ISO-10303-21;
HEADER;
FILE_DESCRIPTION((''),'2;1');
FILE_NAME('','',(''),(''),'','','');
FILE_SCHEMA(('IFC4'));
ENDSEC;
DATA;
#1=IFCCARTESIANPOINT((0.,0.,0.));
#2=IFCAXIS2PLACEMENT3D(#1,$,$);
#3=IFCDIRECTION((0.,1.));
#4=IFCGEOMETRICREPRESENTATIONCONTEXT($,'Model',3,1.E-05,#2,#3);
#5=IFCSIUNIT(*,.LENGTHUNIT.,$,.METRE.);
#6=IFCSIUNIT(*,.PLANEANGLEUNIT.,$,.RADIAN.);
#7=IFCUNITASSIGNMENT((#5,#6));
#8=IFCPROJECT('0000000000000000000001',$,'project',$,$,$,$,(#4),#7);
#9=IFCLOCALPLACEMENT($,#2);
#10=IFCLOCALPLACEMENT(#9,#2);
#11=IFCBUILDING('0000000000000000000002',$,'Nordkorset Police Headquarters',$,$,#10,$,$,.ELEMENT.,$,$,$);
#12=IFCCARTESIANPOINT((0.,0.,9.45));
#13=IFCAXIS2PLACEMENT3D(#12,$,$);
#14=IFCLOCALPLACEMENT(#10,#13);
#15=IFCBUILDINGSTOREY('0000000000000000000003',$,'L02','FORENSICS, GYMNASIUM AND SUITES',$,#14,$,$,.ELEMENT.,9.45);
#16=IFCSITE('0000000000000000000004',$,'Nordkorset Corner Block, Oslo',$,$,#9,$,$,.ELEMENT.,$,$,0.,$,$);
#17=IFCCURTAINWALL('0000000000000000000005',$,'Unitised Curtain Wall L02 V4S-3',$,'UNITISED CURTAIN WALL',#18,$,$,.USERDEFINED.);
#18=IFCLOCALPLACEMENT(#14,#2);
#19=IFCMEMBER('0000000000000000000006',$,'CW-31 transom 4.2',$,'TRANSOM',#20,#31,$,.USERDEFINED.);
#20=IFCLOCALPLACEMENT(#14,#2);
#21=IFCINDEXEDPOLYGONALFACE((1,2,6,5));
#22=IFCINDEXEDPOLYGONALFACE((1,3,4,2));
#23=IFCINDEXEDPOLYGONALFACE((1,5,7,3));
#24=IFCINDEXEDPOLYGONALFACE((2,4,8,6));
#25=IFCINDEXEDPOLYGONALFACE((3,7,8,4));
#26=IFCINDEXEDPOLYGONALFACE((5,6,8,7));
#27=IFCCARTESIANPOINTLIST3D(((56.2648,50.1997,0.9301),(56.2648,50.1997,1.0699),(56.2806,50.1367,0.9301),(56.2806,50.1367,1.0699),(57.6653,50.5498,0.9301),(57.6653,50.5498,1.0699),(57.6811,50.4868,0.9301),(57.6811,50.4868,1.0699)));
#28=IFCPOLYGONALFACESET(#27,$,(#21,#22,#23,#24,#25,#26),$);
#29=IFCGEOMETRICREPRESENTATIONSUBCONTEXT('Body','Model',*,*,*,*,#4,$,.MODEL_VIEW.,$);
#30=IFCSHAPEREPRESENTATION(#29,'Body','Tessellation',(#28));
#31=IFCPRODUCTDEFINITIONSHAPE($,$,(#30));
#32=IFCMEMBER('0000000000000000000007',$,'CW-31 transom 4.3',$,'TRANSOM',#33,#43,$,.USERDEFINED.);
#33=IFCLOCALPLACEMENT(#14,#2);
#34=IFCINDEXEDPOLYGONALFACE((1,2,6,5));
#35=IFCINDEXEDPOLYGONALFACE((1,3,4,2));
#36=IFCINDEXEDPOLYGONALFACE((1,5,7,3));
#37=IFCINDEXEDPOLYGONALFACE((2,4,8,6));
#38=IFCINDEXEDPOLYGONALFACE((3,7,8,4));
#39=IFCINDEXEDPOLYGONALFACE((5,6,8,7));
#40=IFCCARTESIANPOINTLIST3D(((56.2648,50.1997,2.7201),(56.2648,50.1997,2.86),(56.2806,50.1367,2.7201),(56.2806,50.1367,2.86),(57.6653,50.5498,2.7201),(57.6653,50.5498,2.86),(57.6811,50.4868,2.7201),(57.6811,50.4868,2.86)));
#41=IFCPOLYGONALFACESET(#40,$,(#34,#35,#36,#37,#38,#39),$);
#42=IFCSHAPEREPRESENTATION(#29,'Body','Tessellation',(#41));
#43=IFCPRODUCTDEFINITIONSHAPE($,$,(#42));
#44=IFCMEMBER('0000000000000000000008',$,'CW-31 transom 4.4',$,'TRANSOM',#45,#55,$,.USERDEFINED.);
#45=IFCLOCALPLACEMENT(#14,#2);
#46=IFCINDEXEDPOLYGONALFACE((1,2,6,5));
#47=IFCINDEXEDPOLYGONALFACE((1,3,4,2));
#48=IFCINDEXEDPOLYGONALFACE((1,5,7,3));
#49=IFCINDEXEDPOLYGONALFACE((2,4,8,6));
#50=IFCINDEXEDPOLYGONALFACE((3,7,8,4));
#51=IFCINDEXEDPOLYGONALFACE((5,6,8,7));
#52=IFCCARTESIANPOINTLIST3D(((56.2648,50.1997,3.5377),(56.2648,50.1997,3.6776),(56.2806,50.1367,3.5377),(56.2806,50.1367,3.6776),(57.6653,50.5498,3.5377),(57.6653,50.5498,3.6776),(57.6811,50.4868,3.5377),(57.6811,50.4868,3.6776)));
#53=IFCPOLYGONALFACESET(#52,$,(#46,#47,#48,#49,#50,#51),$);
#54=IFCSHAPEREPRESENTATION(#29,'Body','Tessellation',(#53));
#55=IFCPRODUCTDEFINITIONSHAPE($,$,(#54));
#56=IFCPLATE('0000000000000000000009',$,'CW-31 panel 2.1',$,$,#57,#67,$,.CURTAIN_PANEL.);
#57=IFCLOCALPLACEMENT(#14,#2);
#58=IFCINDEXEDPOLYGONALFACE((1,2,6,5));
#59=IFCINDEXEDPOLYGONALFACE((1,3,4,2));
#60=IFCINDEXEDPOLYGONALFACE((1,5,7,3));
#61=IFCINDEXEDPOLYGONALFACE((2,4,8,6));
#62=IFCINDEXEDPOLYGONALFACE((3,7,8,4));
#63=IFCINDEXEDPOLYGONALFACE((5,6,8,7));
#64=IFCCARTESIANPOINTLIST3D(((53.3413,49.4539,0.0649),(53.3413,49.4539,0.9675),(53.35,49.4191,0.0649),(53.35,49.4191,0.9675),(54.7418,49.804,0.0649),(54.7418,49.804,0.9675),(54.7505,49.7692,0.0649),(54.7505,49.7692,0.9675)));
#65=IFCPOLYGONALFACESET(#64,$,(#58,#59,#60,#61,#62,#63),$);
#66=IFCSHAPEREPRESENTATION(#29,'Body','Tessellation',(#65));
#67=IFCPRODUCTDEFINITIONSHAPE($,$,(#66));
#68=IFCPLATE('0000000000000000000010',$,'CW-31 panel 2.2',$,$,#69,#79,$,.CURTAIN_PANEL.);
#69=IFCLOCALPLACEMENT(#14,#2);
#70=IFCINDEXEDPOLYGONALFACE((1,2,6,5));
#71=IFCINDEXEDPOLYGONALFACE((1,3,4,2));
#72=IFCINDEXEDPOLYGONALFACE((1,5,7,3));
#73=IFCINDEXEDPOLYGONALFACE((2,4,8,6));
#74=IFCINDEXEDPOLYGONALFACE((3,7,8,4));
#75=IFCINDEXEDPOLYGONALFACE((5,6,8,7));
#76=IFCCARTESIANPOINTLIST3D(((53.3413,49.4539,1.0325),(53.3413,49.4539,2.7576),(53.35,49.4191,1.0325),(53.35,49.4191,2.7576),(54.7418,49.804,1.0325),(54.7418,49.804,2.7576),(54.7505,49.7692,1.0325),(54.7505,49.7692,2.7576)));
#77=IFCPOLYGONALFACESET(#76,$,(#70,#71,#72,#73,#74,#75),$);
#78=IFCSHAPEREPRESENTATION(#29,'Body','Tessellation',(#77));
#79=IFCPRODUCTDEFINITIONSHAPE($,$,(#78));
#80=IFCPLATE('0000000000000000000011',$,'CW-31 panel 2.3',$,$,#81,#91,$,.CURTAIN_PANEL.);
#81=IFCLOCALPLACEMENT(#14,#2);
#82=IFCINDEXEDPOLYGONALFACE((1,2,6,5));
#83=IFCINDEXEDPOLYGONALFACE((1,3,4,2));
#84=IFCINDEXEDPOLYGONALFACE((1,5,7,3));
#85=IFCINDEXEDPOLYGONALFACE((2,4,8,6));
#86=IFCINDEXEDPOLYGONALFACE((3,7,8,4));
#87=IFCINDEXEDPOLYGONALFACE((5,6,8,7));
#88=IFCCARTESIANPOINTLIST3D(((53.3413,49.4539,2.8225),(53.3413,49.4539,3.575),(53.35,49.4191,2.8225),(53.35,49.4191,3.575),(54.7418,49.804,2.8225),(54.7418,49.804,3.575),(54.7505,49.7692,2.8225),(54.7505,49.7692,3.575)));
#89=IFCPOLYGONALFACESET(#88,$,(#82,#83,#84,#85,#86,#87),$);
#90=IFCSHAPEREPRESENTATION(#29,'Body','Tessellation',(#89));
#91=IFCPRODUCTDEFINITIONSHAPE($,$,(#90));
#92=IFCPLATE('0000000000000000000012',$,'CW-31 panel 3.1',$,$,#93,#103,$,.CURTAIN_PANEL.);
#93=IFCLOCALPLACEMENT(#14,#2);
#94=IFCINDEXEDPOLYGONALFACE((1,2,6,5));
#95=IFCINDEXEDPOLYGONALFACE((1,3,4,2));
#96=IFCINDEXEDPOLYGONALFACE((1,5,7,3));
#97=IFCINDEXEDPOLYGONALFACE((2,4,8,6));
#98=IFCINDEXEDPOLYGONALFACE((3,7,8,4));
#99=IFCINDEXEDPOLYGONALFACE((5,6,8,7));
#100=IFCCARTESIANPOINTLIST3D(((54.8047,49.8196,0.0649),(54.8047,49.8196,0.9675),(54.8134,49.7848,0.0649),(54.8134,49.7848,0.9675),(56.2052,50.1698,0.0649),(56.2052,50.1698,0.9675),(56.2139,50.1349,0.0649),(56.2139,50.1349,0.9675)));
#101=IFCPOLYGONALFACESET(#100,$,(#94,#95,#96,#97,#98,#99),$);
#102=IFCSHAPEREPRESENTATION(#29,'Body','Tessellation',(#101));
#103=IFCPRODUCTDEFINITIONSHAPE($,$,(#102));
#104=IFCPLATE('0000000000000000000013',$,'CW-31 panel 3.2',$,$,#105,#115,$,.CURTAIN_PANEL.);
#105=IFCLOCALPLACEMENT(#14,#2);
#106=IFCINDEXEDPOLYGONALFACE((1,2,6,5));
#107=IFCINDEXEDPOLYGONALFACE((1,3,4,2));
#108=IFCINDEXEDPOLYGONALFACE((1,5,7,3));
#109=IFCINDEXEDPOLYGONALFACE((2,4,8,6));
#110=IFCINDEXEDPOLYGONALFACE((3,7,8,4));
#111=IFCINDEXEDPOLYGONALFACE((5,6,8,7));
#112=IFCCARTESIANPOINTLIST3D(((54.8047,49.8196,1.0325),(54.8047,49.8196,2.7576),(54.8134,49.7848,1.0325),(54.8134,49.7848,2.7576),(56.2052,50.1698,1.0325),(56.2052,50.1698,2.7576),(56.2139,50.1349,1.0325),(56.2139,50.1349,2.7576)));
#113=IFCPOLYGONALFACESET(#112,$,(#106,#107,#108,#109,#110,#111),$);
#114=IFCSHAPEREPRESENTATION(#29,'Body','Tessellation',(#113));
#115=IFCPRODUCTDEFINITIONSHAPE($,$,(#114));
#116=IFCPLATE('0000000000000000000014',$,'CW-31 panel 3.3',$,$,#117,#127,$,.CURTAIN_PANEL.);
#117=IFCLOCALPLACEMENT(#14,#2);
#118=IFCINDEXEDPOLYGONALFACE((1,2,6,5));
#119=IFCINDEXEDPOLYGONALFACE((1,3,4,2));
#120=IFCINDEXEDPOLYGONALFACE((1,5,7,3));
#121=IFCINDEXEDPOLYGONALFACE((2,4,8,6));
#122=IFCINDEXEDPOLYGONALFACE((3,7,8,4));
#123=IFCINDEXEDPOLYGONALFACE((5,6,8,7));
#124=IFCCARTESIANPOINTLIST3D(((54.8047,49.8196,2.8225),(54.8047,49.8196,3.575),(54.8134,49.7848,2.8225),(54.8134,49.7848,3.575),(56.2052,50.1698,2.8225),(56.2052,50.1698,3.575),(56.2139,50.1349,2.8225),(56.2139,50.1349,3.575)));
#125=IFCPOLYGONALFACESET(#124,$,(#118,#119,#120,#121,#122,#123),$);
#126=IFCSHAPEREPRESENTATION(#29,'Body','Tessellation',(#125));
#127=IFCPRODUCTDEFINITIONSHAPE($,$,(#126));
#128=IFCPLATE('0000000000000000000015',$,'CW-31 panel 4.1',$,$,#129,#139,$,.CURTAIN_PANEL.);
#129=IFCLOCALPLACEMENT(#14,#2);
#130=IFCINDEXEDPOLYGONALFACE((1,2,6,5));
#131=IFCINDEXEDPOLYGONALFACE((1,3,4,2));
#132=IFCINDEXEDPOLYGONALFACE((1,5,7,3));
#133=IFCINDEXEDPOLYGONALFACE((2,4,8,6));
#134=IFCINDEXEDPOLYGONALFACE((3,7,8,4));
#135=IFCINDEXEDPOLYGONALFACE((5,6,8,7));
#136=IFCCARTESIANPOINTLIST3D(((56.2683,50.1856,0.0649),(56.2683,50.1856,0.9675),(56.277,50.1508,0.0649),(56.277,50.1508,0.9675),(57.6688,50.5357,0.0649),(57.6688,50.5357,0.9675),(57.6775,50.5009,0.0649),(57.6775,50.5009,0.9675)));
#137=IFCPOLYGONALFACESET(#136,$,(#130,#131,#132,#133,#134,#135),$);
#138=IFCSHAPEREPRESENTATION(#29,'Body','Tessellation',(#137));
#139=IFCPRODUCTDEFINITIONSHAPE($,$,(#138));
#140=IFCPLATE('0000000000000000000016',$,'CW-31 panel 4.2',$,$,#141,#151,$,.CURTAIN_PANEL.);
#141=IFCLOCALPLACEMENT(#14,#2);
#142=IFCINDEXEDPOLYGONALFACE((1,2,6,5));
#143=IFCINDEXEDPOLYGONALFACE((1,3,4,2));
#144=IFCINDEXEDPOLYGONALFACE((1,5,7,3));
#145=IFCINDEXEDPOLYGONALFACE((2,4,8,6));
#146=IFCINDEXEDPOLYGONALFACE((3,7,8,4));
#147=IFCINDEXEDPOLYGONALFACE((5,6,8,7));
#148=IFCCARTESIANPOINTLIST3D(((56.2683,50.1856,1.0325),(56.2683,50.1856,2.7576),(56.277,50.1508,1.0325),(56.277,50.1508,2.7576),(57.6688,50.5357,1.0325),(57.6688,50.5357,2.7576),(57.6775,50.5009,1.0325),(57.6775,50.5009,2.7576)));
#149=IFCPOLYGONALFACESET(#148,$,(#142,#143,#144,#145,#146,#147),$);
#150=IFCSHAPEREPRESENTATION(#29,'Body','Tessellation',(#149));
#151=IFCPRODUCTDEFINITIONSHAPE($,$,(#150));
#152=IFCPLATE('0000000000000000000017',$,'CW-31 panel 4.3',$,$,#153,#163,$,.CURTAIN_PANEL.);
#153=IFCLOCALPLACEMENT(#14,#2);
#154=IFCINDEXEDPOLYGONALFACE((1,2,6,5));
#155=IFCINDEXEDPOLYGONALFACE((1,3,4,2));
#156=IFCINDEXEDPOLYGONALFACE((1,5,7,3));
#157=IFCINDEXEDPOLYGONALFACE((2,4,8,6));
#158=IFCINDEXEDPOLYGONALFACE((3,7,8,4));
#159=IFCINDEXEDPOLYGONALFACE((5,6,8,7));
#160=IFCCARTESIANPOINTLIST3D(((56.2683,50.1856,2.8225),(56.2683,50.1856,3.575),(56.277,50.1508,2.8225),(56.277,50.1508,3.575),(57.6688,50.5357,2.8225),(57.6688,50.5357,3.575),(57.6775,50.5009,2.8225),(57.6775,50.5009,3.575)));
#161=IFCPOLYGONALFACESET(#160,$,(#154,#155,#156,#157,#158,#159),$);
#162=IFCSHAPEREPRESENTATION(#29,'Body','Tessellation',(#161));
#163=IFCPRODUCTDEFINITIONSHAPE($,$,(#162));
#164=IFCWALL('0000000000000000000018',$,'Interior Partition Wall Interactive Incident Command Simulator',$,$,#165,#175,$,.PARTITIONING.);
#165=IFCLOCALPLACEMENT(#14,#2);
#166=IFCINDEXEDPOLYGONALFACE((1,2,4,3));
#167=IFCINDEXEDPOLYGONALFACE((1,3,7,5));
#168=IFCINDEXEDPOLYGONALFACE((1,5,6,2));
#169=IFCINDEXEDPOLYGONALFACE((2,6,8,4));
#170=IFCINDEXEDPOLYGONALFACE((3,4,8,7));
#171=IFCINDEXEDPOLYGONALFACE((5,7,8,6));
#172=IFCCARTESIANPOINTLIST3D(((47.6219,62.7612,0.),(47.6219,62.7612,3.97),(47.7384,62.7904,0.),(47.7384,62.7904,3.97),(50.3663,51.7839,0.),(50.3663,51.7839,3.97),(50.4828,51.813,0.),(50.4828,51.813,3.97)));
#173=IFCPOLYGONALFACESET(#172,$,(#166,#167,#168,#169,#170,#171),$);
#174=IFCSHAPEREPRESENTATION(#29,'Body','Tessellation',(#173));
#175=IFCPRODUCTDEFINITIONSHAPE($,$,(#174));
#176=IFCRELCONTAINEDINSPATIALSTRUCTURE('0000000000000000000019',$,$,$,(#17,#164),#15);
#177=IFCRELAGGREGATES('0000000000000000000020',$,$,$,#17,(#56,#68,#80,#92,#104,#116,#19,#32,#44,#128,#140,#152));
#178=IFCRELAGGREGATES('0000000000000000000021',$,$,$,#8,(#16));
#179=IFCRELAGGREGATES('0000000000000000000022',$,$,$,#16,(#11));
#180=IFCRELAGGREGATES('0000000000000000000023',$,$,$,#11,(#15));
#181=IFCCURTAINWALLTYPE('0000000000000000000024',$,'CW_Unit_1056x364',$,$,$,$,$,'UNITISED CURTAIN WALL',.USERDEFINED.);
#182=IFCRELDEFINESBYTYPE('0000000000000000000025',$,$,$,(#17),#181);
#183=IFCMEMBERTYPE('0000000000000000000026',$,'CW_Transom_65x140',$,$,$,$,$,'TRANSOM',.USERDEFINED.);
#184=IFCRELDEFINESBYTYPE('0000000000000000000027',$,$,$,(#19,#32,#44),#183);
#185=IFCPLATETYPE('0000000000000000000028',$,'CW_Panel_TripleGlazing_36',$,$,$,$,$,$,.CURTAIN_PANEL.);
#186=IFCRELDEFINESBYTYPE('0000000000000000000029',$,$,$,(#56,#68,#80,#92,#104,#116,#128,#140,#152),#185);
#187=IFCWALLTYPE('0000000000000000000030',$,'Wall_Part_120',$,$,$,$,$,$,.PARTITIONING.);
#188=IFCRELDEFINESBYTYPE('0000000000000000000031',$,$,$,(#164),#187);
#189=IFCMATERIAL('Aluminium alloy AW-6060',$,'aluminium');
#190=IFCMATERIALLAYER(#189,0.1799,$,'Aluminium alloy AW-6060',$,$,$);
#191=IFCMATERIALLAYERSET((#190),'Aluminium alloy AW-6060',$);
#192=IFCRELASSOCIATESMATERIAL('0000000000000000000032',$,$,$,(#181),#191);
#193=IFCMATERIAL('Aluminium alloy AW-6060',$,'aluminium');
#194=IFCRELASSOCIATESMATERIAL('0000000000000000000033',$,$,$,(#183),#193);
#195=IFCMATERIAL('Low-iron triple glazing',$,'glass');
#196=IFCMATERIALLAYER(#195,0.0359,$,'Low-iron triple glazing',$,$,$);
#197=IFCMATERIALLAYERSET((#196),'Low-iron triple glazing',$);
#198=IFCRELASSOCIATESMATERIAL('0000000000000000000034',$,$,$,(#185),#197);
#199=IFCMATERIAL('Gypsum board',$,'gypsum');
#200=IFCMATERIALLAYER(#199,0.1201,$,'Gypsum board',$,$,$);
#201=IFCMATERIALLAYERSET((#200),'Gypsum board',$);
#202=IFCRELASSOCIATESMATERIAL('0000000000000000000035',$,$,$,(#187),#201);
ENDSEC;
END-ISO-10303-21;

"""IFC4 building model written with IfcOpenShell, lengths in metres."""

from ifc_helpers import new_model, si_unit, direction, frame, frame_2d, origin, origin_2d, place, context, subcontext, project, spatial, rectangle, extrude, material, layer, layer_set, material_profile, profile_set, type_object, element, aggregate, save


model = new_model("IFC4")

# Units and contexts
model_context = context("Model", 3, precision=1e-05, world=origin(), true_north=direction((0.0, 1.0)))
body_context = subcontext(model_context, "Body", "Model", "MODEL_VIEW")
ifc_project = project(units=[si_unit("LENGTHUNIT", "METRE"), si_unit("PLANEANGLEUNIT", "RADIAN")], contexts=[model_context])

# Site, building, storey
site_placement = place(None, origin())
site = spatial("IfcSite", under=ifc_project, at=site_placement, Name="Nordkorset Corner Block, Oslo", CompositionType="ELEMENT", RefElevation=0.0)
building_placement = place(site_placement, origin())
building = spatial("IfcBuilding", under=site, at=building_placement, Name="Nordkorset Police Headquarters", CompositionType="ELEMENT")
storey_placement = place(building_placement, frame((0.0, 0.0, 9.45)))
storey = spatial("IfcBuildingStorey", under=building, at=storey_placement, Name="L02", Description="FORENSICS, GYMNASIUM AND SUITES", CompositionType="ELEMENT", Elevation=9.45)

# Curtain wall, members, plates
ifc_material_1 = material(Name="Aluminium alloy AW-6060", Category="aluminium")
ifc_layer_1 = layer(ifc_material_1, 0.1799, Name="Aluminium alloy AW-6060")
ifc_layer_set_1 = layer_set([ifc_layer_1], Name="Aluminium alloy AW-6060")
curtain_wall_type = type_object("IfcCurtainWallType", Name="CW_Unit_1056x364", ElementType="UNITISED CURTAIN WALL", PredefinedType="USERDEFINED", material=ifc_layer_set_1)
curtain_wall_placement = place(storey_placement, origin())
curtain_wall = element("IfcCurtainWall", 1, at=curtain_wall_placement, inside=storey, type_object=curtain_wall_type, Name="Unitised Curtain Wall L02 V4S-3", ObjectType="UNITISED CURTAIN WALL", PredefinedType="USERDEFINED")
ifc_material_2 = material(Name="Aluminium alloy AW-6060", Category="aluminium")
ifc_material_profile_1 = material_profile(ifc_material_2, rectangle(XDim=0.0649, YDim=0.1399, at=origin_2d()), Name="ALU TRAN 65x140")
ifc_profile_set_1 = profile_set([ifc_material_profile_1], Name="Aluminium alloy AW-6060")
member_type_1 = type_object("IfcMemberType", Name="CW_Transom_65x140", ElementType="TRANSOM", PredefinedType="USERDEFINED", material=ifc_profile_set_1)
member_1_placement = place(storey_placement, frame((56.2727, 50.1682, 1.0), z_axis=(0.970143, 0.242536, 0.0), x_axis=(-0.242536, 0.970143, 0.0)))
member_1 = element("IfcMember", 2, at=member_1_placement, type_object=member_type_1, Name="CW-31 transom 4.2", ObjectType="TRANSOM", PredefinedType="USERDEFINED", context=body_context, shape_type="SweptSolid", body=[
    extrude(rectangle(XDim=0.0649, YDim=0.1399, at=origin_2d()), origin(), (0.0, 0.0, 1.0), 1.4436),
])
member_2_placement = place(storey_placement, frame((56.2727, 50.1682, 2.79), z_axis=(0.970143, 0.242536, 0.0), x_axis=(-0.242536, 0.970143, 0.0)))
member_2 = element("IfcMember", 3, at=member_2_placement, type_object=member_type_1, Name="CW-31 transom 4.3", ObjectType="TRANSOM", PredefinedType="USERDEFINED", context=body_context, shape_type="SweptSolid", body=[
    extrude(rectangle(XDim=0.0649, YDim=0.1399, at=origin_2d()), origin(), (0.0, 0.0, 1.0), 1.4436),
])
member_3_placement = place(storey_placement, frame((56.2727, 50.1682, 3.6077), z_axis=(0.970143, 0.242536, 0.0), x_axis=(-0.242536, 0.970143, 0.0)))
member_3 = element("IfcMember", 4, at=member_3_placement, type_object=member_type_1, Name="CW-31 transom 4.4", ObjectType="TRANSOM", PredefinedType="USERDEFINED", context=body_context, shape_type="SweptSolid", body=[
    extrude(rectangle(XDim=0.0649, YDim=0.1399, at=origin_2d()), origin(), (0.0, 0.0, 1.0), 1.4436),
])
ifc_material_3 = material(Name="Low-iron triple glazing", Category="glass")
ifc_layer_2 = layer(ifc_material_3, 0.0359, Name="Low-iron triple glazing")
ifc_layer_set_2 = layer_set([ifc_layer_2], Name="Low-iron triple glazing")
plate_type = type_object("IfcPlateType", Name="CW_Panel_TripleGlazing_36", PredefinedType="CURTAIN_PANEL", material=ifc_layer_set_2)
plate_1_placement = place(storey_placement, frame((54.0459, 49.6116, 0.0649), z_axis=(0.0, 0.0, 1.0), x_axis=(0.970143, 0.242535, 0.0)))
plate_1 = element("IfcPlate", 5, at=plate_1_placement, type_object=plate_type, Name="CW-31 panel 2.1", PredefinedType="CURTAIN_PANEL", context=body_context, shape_type="SweptSolid", body=[
    extrude(rectangle(XDim=1.4436, YDim=0.0359, at=origin_2d()), origin(), (0.0, 0.0, 1.0), 0.9026),
])
plate_2_placement = place(storey_placement, frame((54.0459, 49.6116, 1.0325), z_axis=(0.0, 0.0, 1.0), x_axis=(0.970143, 0.242535, 0.0)))
plate_2 = element("IfcPlate", 6, at=plate_2_placement, type_object=plate_type, Name="CW-31 panel 2.2", PredefinedType="CURTAIN_PANEL", context=body_context, shape_type="SweptSolid", body=[
    extrude(rectangle(XDim=1.4436, YDim=0.0359, at=origin_2d()), origin(), (0.0, 0.0, 1.0), 1.7251),
])
plate_3_placement = place(storey_placement, frame((54.0459, 49.6116, 2.8225), z_axis=(0.0, 0.0, 1.0), x_axis=(0.970143, 0.242535, 0.0)))
plate_3 = element("IfcPlate", 7, at=plate_3_placement, type_object=plate_type, Name="CW-31 panel 2.3", PredefinedType="CURTAIN_PANEL", context=body_context, shape_type="SweptSolid", body=[
    extrude(rectangle(XDim=1.4436, YDim=0.0359, at=origin_2d()), origin(), (0.0, 0.0, 1.0), 0.7524),
])
plate_4_placement = place(storey_placement, frame((55.5093, 49.9773, 0.0649), z_axis=(0.0, 0.0, 1.0), x_axis=(0.970143, 0.242535, 0.0)))
plate_4 = element("IfcPlate", 8, at=plate_4_placement, type_object=plate_type, Name="CW-31 panel 3.1", PredefinedType="CURTAIN_PANEL", context=body_context, shape_type="SweptSolid", body=[
    extrude(rectangle(XDim=1.4436, YDim=0.0359, at=origin_2d()), origin(), (0.0, 0.0, 1.0), 0.9026),
])
plate_5_placement = place(storey_placement, frame((55.5093, 49.9773, 1.0325), z_axis=(0.0, 0.0, 1.0), x_axis=(0.970143, 0.242535, 0.0)))
plate_5 = element("IfcPlate", 9, at=plate_5_placement, type_object=plate_type, Name="CW-31 panel 3.2", PredefinedType="CURTAIN_PANEL", context=body_context, shape_type="SweptSolid", body=[
    extrude(rectangle(XDim=1.4436, YDim=0.0359, at=origin_2d()), origin(), (0.0, 0.0, 1.0), 1.7251),
])
plate_6_placement = place(storey_placement, frame((55.5093, 49.9773, 2.8225), z_axis=(0.0, 0.0, 1.0), x_axis=(0.970143, 0.242535, 0.0)))
plate_6 = element("IfcPlate", 10, at=plate_6_placement, type_object=plate_type, Name="CW-31 panel 3.3", PredefinedType="CURTAIN_PANEL", context=body_context, shape_type="SweptSolid", body=[
    extrude(rectangle(XDim=1.4436, YDim=0.0359, at=origin_2d()), origin(), (0.0, 0.0, 1.0), 0.7524),
])
plate_7_placement = place(storey_placement, frame((56.9729, 50.3433, 0.0649), z_axis=(0.0, 0.0, 1.0), x_axis=(0.970143, 0.242535, 0.0)))
plate_7 = element("IfcPlate", 11, at=plate_7_placement, type_object=plate_type, Name="CW-31 panel 4.1", PredefinedType="CURTAIN_PANEL", context=body_context, shape_type="SweptSolid", body=[
    extrude(rectangle(XDim=1.4436, YDim=0.0359, at=origin_2d()), origin(), (0.0, 0.0, 1.0), 0.9026),
])
plate_8_placement = place(storey_placement, frame((56.9729, 50.3433, 1.0325), z_axis=(0.0, 0.0, 1.0), x_axis=(0.970143, 0.242535, 0.0)))
plate_8 = element("IfcPlate", 12, at=plate_8_placement, type_object=plate_type, Name="CW-31 panel 4.2", PredefinedType="CURTAIN_PANEL", context=body_context, shape_type="SweptSolid", body=[
    extrude(rectangle(XDim=1.4436, YDim=0.0359, at=origin_2d()), origin(), (0.0, 0.0, 1.0), 1.7251),
])
plate_9_placement = place(storey_placement, frame((56.9729, 50.3433, 2.8225), z_axis=(0.0, 0.0, 1.0), x_axis=(0.970143, 0.242535, 0.0)))
plate_9 = element("IfcPlate", 13, at=plate_9_placement, type_object=plate_type, Name="CW-31 panel 4.3", PredefinedType="CURTAIN_PANEL", context=body_context, shape_type="SweptSolid", body=[
    extrude(rectangle(XDim=1.4436, YDim=0.0359, at=origin_2d()), origin(), (0.0, 0.0, 1.0), 0.7524),
])
aggregate(curtain_wall, [plate_1, plate_2, plate_3, plate_4, plate_5, plate_6, member_1, member_2, member_3, plate_7, plate_8, plate_9])

# Wall
ifc_material_4 = material(Name="Gypsum board", Category="gypsum")
ifc_layer_3 = layer(ifc_material_4, 0.1201, Name="Gypsum board")
ifc_layer_set_3 = layer_set([ifc_layer_3], Name="Gypsum board")
wall_type = type_object("IfcWallType", Name="Wall_Part_120", PredefinedType="PARTITIONING", material=ifc_layer_set_3)
wall_1_placement = place(storey_placement, frame((50.4246, 51.7983, 0.0), z_axis=(0.0, 0.0, 1.0), x_axis=(-0.242541, 0.970141, 0.0)))
element("IfcWall", 14, at=wall_1_placement, inside=storey, type_object=wall_type, Name="Interior Partition Wall Interactive Incident Command Simulator", PredefinedType="PARTITIONING", context=body_context, shape_type="SweptSolid", body=[
    extrude(rectangle(XDim=11.3152, YDim=0.1201, at=frame_2d((5.6577, 0.0))), origin(), (0.0, 0.0, 1.0), 3.97),
])

save(model, "model.ifc")
